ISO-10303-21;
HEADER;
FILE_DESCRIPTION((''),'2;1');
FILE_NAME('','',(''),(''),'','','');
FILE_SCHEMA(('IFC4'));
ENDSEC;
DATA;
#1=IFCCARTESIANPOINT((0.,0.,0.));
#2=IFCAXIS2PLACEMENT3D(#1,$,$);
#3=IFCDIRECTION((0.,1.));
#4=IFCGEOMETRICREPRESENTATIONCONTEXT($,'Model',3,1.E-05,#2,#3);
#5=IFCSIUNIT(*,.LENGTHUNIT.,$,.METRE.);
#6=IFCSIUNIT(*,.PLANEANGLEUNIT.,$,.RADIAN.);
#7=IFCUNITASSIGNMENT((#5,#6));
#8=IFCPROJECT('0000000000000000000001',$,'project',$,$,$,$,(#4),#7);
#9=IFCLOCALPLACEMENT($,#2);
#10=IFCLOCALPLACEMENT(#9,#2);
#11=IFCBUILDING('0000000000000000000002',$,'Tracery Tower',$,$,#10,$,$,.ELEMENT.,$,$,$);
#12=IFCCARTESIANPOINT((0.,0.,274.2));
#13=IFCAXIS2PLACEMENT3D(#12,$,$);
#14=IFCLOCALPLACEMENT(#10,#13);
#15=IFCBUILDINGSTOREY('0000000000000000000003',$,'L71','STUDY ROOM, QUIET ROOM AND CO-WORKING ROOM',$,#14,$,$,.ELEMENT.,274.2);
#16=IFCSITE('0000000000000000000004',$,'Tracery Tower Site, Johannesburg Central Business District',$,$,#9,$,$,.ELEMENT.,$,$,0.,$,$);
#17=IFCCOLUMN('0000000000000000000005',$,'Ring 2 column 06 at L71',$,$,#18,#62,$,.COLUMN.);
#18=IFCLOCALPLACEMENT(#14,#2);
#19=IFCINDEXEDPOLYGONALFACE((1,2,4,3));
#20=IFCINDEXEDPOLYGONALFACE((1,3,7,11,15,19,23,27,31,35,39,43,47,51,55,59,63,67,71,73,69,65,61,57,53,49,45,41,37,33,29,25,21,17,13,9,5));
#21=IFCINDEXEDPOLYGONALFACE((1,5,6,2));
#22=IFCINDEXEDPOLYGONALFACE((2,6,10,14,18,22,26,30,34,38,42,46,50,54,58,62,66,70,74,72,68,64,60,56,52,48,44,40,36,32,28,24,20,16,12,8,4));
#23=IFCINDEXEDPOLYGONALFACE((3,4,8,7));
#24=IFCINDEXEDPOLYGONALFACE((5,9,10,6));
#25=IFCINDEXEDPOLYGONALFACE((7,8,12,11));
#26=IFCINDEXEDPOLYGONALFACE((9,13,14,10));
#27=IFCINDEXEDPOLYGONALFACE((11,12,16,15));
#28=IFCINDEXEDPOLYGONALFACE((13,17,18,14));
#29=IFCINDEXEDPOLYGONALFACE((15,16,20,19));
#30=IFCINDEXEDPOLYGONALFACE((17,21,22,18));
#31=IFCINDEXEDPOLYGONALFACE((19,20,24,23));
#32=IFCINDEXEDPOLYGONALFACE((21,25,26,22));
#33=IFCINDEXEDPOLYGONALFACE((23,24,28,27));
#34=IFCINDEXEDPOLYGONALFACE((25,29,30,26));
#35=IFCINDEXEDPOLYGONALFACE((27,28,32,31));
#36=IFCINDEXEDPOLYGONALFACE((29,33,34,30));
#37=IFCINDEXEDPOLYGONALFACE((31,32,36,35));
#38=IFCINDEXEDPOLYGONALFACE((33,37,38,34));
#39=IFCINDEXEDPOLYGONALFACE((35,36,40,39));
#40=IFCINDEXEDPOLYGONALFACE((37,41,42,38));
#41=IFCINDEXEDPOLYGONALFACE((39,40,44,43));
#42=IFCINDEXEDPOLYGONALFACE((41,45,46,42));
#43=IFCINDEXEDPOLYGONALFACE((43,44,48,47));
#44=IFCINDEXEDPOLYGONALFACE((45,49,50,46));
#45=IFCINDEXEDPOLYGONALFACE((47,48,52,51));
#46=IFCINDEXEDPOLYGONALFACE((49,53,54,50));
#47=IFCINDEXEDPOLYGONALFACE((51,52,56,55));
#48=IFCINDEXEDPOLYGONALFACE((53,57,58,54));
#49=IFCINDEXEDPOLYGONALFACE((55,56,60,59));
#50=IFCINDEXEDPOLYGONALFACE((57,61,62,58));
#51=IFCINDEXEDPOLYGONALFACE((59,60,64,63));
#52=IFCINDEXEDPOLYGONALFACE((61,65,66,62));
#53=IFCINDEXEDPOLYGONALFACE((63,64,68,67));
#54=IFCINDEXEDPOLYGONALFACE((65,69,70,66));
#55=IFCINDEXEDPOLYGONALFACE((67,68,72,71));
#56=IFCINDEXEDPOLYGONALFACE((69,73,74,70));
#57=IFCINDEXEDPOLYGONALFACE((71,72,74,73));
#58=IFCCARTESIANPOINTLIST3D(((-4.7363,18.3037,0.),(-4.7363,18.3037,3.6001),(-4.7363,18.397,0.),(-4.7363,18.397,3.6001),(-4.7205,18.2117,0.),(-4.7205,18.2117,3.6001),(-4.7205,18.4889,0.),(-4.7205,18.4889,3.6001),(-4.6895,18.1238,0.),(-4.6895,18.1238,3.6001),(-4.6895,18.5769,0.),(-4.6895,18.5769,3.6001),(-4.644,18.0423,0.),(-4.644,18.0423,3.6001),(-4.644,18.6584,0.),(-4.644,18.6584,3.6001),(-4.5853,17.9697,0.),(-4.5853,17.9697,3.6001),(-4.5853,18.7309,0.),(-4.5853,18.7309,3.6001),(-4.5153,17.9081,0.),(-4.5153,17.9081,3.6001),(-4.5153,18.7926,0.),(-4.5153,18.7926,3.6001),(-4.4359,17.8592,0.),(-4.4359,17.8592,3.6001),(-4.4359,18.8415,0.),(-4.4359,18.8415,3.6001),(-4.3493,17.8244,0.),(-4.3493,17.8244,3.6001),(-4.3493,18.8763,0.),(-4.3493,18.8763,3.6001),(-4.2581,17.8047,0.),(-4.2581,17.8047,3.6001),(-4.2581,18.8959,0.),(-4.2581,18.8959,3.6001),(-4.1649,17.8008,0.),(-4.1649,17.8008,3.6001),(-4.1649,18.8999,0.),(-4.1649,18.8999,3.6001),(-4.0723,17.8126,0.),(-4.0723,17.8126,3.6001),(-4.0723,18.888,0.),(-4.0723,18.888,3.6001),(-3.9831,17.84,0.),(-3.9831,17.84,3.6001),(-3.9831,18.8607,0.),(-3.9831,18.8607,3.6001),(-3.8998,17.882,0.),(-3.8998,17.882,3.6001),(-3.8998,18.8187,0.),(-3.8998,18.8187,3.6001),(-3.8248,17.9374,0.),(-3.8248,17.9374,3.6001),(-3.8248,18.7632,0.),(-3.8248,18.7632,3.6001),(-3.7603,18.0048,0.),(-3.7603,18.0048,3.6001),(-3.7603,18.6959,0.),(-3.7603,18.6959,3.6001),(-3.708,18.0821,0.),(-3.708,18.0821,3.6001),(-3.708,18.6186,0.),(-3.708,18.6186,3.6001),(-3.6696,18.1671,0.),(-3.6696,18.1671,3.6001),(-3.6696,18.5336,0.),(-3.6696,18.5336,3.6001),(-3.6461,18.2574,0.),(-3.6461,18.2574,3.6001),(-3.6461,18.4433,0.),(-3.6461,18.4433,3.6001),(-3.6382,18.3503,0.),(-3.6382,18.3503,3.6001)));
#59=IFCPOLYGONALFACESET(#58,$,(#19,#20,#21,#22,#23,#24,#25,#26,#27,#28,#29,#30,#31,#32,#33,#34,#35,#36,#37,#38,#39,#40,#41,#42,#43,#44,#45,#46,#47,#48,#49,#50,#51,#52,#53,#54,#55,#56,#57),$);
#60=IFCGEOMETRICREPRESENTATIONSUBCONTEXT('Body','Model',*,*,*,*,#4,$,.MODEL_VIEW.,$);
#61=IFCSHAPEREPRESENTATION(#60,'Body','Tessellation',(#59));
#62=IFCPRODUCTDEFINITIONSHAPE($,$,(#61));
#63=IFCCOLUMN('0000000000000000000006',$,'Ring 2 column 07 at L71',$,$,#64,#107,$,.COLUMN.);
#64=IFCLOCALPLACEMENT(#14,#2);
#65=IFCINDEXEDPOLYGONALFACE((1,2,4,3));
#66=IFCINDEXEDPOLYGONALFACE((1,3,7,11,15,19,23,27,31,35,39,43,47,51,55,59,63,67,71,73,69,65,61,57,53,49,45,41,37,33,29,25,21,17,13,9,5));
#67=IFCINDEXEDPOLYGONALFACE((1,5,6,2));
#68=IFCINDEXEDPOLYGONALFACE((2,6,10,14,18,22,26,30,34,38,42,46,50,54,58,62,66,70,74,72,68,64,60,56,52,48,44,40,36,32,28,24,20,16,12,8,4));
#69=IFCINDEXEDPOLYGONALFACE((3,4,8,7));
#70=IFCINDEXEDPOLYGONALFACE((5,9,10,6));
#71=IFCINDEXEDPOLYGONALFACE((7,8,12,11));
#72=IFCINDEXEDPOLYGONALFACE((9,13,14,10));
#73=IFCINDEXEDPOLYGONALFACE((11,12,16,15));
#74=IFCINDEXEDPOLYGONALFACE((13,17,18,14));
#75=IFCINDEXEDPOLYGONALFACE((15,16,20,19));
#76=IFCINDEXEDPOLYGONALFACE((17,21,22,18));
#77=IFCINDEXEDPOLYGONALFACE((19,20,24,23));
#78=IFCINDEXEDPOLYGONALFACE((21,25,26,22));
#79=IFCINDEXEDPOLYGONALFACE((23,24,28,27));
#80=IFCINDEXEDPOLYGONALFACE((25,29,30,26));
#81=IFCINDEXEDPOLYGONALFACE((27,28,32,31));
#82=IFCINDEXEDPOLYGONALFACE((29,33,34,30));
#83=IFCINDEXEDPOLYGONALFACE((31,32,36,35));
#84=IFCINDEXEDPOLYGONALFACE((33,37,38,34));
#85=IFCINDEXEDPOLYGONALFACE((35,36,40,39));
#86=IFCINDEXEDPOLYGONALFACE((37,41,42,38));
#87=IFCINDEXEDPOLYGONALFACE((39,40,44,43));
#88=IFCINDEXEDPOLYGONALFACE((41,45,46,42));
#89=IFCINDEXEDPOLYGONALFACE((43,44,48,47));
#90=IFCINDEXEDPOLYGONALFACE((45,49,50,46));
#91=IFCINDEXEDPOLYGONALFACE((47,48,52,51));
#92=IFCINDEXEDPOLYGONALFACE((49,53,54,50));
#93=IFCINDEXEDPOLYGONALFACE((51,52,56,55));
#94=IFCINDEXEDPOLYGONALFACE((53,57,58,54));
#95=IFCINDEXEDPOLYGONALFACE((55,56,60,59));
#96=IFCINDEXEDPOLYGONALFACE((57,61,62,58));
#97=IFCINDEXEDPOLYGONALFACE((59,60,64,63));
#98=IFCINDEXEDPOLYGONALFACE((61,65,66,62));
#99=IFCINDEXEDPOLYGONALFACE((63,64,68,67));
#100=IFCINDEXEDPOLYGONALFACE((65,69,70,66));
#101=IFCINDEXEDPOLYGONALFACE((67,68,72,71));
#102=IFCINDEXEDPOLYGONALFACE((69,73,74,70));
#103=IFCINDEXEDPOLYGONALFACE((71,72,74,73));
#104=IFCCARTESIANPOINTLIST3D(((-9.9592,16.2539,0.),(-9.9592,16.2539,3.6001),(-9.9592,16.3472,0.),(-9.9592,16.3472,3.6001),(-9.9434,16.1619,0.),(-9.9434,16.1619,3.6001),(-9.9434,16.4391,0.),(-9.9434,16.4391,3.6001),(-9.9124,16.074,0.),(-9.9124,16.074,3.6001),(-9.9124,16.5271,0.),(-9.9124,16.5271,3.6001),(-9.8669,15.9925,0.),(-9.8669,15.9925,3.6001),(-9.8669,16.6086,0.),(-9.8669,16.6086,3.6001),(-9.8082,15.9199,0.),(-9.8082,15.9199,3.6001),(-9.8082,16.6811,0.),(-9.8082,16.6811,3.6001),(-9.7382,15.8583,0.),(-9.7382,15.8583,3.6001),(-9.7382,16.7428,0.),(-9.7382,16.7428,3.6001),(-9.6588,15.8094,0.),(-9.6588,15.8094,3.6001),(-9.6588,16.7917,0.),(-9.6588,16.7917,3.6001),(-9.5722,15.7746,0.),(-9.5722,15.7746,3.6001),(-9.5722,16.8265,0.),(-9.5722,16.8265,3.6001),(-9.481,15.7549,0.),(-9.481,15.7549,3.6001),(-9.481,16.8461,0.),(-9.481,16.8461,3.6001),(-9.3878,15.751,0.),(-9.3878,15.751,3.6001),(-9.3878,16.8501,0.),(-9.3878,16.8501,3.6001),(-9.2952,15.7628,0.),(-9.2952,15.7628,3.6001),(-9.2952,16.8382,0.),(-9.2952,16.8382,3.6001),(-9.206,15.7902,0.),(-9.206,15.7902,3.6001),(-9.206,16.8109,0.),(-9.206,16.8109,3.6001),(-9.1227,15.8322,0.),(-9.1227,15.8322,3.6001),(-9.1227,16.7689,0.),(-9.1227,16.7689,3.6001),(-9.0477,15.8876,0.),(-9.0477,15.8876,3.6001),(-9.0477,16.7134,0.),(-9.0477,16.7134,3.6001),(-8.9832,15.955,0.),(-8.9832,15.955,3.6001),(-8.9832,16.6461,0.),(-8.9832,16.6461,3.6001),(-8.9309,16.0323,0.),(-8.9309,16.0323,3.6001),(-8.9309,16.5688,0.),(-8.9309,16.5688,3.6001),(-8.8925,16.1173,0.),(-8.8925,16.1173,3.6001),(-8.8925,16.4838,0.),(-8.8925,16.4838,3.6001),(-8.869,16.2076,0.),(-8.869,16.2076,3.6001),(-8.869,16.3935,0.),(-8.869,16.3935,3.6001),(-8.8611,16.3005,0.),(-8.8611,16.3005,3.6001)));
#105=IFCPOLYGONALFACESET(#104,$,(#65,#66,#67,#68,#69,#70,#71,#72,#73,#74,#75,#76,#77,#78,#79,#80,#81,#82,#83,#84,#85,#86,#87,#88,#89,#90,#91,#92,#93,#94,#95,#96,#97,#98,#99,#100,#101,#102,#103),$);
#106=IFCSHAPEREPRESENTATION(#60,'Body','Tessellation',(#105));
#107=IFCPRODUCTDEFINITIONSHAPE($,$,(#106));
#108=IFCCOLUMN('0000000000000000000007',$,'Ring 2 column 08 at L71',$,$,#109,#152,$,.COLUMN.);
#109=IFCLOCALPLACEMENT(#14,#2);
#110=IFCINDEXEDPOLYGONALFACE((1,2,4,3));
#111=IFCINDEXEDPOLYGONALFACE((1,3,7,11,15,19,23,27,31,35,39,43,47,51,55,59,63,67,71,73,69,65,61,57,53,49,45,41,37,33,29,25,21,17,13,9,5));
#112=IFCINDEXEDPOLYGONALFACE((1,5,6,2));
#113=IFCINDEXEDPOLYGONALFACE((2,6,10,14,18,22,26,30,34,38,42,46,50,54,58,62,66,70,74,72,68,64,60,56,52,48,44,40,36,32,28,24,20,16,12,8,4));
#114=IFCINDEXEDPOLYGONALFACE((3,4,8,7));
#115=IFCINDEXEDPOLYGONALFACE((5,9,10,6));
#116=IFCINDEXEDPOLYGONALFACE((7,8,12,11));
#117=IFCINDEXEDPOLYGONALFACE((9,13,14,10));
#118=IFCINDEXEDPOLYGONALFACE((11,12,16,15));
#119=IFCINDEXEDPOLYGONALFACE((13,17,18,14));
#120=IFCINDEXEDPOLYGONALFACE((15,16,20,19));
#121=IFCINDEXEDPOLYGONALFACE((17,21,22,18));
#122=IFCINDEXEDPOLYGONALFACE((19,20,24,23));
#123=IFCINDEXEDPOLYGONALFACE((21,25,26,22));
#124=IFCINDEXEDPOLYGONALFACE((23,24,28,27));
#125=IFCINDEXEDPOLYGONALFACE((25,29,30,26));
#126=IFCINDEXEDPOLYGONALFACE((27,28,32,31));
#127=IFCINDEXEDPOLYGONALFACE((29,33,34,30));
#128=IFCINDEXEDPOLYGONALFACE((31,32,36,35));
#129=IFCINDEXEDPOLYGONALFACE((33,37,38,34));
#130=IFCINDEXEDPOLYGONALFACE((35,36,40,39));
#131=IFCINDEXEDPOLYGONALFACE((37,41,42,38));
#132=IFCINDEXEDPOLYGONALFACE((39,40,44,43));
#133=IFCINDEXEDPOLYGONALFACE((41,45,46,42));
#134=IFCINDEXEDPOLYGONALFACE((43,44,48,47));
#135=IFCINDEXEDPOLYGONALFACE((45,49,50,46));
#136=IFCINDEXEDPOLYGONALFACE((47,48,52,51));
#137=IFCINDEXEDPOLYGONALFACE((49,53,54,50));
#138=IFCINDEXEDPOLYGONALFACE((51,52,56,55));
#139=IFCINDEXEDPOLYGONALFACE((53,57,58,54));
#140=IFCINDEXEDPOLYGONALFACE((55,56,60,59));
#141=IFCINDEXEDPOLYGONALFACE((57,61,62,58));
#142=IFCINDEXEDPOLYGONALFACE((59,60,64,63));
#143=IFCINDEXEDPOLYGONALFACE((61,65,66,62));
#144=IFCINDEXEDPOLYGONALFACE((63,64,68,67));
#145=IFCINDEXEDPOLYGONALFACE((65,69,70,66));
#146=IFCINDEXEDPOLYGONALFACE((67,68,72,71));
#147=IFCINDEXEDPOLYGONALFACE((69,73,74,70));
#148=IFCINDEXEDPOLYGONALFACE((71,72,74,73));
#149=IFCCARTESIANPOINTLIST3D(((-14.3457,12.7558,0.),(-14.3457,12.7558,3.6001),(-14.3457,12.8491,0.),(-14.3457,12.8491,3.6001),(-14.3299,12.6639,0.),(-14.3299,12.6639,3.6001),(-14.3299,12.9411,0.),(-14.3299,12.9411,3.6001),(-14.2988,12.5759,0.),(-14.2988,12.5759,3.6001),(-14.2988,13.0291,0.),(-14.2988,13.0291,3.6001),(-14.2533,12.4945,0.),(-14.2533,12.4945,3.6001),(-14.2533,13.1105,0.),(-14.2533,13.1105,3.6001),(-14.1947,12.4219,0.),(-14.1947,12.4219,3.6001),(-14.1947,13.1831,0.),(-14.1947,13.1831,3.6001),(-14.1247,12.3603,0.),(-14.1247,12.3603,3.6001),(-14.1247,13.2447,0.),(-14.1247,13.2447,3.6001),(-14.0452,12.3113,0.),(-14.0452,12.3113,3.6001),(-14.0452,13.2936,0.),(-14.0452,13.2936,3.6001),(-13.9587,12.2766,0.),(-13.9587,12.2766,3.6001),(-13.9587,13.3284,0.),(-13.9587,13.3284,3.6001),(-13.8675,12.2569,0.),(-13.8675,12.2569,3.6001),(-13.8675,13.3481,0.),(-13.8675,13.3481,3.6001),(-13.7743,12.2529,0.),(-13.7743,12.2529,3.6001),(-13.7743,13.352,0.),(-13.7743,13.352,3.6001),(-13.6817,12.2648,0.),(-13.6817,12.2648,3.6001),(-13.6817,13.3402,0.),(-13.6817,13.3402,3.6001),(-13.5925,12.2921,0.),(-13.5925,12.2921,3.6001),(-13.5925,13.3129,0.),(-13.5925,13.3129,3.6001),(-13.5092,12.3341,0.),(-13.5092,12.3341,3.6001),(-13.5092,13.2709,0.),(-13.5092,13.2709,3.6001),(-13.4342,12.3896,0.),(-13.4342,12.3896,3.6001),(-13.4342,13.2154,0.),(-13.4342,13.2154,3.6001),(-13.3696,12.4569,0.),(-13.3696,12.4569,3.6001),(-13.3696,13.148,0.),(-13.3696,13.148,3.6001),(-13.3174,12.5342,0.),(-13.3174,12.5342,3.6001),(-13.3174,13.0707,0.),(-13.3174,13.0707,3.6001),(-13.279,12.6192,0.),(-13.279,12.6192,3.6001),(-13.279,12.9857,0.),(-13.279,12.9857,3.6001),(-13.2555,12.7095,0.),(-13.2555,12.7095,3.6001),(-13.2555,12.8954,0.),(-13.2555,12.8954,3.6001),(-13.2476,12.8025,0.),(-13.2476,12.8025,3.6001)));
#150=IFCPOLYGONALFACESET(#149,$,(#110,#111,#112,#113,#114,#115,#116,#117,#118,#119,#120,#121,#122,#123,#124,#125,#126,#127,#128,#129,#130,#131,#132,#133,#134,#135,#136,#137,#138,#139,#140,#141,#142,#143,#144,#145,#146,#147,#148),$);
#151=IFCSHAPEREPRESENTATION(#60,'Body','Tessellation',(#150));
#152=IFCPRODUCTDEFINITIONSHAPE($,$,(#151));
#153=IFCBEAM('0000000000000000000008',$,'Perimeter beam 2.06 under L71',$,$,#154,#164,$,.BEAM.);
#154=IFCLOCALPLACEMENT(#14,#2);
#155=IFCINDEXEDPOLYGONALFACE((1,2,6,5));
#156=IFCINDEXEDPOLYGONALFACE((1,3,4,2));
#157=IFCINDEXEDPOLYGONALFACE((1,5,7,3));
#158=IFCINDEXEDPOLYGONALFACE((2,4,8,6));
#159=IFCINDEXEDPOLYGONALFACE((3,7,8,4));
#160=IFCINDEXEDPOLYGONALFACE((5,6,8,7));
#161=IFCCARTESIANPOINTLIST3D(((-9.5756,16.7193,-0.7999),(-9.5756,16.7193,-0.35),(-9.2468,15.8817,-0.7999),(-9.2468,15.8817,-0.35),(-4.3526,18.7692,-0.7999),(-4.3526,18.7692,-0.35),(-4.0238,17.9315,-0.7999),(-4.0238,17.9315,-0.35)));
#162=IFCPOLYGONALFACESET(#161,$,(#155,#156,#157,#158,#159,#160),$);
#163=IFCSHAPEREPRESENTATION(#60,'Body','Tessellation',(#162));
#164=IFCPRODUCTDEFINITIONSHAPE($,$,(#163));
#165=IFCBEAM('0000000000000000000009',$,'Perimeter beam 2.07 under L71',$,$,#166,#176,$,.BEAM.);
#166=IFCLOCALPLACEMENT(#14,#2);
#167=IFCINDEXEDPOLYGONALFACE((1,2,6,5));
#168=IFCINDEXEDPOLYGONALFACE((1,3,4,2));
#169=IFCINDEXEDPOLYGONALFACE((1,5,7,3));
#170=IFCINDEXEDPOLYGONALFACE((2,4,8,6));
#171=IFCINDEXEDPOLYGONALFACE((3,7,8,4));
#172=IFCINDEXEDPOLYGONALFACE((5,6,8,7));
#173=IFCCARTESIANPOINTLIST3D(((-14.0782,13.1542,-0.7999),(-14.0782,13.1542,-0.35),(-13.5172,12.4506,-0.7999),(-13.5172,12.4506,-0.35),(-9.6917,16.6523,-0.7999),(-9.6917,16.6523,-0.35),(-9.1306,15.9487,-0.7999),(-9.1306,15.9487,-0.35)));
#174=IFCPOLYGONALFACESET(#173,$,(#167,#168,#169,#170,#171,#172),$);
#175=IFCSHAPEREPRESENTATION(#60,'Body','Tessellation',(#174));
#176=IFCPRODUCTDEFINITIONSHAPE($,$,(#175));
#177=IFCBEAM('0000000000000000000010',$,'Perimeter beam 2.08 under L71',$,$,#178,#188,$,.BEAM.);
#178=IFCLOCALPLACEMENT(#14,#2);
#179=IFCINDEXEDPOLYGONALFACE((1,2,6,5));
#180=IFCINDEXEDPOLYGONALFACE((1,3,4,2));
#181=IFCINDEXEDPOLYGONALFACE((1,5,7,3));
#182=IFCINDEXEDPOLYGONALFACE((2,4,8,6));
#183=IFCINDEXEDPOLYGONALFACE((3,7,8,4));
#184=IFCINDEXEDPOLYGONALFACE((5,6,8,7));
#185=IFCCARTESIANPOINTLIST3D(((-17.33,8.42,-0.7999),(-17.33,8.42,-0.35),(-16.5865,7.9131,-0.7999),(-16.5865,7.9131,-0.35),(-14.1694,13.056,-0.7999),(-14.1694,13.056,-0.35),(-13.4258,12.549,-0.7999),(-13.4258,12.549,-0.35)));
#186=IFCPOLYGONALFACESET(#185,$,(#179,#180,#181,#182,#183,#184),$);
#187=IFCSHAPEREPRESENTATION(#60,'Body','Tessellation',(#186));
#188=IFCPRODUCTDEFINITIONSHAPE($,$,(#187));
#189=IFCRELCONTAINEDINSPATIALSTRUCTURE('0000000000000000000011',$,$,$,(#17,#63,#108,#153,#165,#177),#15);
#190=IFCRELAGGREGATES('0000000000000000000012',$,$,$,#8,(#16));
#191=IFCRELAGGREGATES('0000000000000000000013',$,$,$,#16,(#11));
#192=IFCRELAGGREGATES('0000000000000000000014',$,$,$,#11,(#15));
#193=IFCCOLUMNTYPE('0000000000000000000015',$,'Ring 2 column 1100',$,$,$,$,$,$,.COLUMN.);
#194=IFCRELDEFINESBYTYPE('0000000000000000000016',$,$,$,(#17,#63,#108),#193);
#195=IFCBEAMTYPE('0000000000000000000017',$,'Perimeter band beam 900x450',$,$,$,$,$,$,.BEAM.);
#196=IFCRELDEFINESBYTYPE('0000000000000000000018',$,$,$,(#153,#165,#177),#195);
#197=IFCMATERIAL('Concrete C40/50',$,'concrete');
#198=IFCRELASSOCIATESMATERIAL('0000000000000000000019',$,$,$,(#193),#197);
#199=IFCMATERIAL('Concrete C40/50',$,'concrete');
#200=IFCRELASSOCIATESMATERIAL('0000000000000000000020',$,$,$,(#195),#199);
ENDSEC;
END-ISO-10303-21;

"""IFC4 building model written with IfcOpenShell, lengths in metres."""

from ifc_helpers import new_model, si_unit, direction, frame, origin, origin_2d, place, context, subcontext, project, spatial, rectangle, circle, extrude, material, material_profile, profile_set, type_object, element, save


model = new_model("IFC4")

# Units and contexts
model_context = context("Model", 3, precision=1e-05, world=origin(), true_north=direction((0.0, 1.0)))
body_context = subcontext(model_context, "Body", "Model", "MODEL_VIEW")
ifc_project = project(units=[si_unit("LENGTHUNIT", "METRE"), si_unit("PLANEANGLEUNIT", "RADIAN")], contexts=[model_context])

# Site, building, storey
site_placement = place(None, origin())
site = spatial("IfcSite", under=ifc_project, at=site_placement, Name="Tracery Tower Site, Johannesburg Central Business District", CompositionType="ELEMENT", RefElevation=0.0)
building_placement = place(site_placement, origin())
building = spatial("IfcBuilding", under=site, at=building_placement, Name="Tracery Tower", CompositionType="ELEMENT")
storey_placement = place(building_placement, frame((0.0, 0.0, 274.2)))
storey = spatial("IfcBuildingStorey", under=building, at=storey_placement, Name="L71", Description="STUDY ROOM, QUIET ROOM AND CO-WORKING ROOM", CompositionType="ELEMENT", Elevation=274.2)

# Columns
ifc_material_1 = material(Name="Concrete C40/50", Category="concrete")
ifc_material_profile_1 = material_profile(ifc_material_1, circle(Radius=0.55, at=origin_2d()), Name="RC D1100")
ifc_profile_set_1 = profile_set([ifc_material_profile_1], Name="Concrete C40/50")
column_type = type_object("IfcColumnType", Name="Ring 2 column 1100", PredefinedType="COLUMN", material=ifc_profile_set_1)
for number, where, z_axis, x_axis, name in (
    (1, (-4.1882, 18.3503, 0.0), (0.0, 0.0, 1.0), (1.0, 0.0, 0.0), "Ring 2 column 06 at L71"),
    (2, (-9.4111, 16.3005, 0.0), (0.0, 0.0, 1.0), (1.0, 0.0, 0.0), "Ring 2 column 07 at L71"),
    (3, (-13.7976, 12.8025, 0.0), (0.0, 0.0, 1.0), (1.0, 0.0, 0.0), "Ring 2 column 08 at L71"),
):
    element("IfcColumn", number, at=place(storey_placement, frame(where, z_axis=z_axis, x_axis=x_axis)), inside=storey, type_object=column_type, Name=name, PredefinedType="COLUMN", context=body_context, shape_type="SweptSolid", body=[
        extrude(circle(Radius=0.55, at=origin_2d()), origin(), (0.0, 0.0, 1.0), 3.6001),
    ])

# Beams
ifc_material_2 = material(Name="Concrete C40/50", Category="concrete")
ifc_material_profile_2 = material_profile(ifc_material_2, rectangle(XDim=0.8999, YDim=0.45, at=origin_2d()), Name="RC 900x450")
ifc_profile_set_2 = profile_set([ifc_material_profile_2], Name="Concrete C40/50")
beam_type = type_object("IfcBeamType", Name="Perimeter band beam 900x450", PredefinedType="BEAM", material=ifc_profile_set_2)
beam_1_placement = place(storey_placement, frame((-4.1882, 18.3503, -0.575), z_axis=(-0.930876, -0.365336, 0.0), x_axis=(0.365336, -0.930876, 0.0)))
element("IfcBeam", 4, at=beam_1_placement, inside=storey, type_object=beam_type, Name="Perimeter beam 2.06 under L71", PredefinedType="BEAM", context=body_context, shape_type="SweptSolid", body=[
    extrude(rectangle(XDim=0.8999, YDim=0.45, at=origin_2d()), origin(), (0.0, 0.0, 1.0), 5.6108),
])
beam_2_placement = place(storey_placement, frame((-9.4111, 16.3005, -0.575), z_axis=(-0.781836, -0.623484, 0.0), x_axis=(0.623484, -0.781836, 0.0)))
element("IfcBeam", 5, at=beam_2_placement, inside=storey, type_object=beam_type, Name="Perimeter beam 2.07 under L71", PredefinedType="BEAM", context=body_context, shape_type="SweptSolid", body=[
    extrude(rectangle(XDim=0.8999, YDim=0.45, at=origin_2d()), origin(), (0.0, 0.0, 1.0), 5.6106),
])
beam_3_placement = place(storey_placement, frame((-13.7976, 12.8025, -0.575), z_axis=(-0.563306, -0.826249, 0.0), x_axis=(0.826249, -0.563306, 0.0)))
element("IfcBeam", 6, at=beam_3_placement, inside=storey, type_object=beam_type, Name="Perimeter beam 2.08 under L71", PredefinedType="BEAM", context=body_context, shape_type="SweptSolid", body=[
    extrude(rectangle(XDim=0.8999, YDim=0.45, at=origin_2d()), origin(), (0.0, 0.0, 1.0), 5.6108),
])

save(model, "model.ifc")
